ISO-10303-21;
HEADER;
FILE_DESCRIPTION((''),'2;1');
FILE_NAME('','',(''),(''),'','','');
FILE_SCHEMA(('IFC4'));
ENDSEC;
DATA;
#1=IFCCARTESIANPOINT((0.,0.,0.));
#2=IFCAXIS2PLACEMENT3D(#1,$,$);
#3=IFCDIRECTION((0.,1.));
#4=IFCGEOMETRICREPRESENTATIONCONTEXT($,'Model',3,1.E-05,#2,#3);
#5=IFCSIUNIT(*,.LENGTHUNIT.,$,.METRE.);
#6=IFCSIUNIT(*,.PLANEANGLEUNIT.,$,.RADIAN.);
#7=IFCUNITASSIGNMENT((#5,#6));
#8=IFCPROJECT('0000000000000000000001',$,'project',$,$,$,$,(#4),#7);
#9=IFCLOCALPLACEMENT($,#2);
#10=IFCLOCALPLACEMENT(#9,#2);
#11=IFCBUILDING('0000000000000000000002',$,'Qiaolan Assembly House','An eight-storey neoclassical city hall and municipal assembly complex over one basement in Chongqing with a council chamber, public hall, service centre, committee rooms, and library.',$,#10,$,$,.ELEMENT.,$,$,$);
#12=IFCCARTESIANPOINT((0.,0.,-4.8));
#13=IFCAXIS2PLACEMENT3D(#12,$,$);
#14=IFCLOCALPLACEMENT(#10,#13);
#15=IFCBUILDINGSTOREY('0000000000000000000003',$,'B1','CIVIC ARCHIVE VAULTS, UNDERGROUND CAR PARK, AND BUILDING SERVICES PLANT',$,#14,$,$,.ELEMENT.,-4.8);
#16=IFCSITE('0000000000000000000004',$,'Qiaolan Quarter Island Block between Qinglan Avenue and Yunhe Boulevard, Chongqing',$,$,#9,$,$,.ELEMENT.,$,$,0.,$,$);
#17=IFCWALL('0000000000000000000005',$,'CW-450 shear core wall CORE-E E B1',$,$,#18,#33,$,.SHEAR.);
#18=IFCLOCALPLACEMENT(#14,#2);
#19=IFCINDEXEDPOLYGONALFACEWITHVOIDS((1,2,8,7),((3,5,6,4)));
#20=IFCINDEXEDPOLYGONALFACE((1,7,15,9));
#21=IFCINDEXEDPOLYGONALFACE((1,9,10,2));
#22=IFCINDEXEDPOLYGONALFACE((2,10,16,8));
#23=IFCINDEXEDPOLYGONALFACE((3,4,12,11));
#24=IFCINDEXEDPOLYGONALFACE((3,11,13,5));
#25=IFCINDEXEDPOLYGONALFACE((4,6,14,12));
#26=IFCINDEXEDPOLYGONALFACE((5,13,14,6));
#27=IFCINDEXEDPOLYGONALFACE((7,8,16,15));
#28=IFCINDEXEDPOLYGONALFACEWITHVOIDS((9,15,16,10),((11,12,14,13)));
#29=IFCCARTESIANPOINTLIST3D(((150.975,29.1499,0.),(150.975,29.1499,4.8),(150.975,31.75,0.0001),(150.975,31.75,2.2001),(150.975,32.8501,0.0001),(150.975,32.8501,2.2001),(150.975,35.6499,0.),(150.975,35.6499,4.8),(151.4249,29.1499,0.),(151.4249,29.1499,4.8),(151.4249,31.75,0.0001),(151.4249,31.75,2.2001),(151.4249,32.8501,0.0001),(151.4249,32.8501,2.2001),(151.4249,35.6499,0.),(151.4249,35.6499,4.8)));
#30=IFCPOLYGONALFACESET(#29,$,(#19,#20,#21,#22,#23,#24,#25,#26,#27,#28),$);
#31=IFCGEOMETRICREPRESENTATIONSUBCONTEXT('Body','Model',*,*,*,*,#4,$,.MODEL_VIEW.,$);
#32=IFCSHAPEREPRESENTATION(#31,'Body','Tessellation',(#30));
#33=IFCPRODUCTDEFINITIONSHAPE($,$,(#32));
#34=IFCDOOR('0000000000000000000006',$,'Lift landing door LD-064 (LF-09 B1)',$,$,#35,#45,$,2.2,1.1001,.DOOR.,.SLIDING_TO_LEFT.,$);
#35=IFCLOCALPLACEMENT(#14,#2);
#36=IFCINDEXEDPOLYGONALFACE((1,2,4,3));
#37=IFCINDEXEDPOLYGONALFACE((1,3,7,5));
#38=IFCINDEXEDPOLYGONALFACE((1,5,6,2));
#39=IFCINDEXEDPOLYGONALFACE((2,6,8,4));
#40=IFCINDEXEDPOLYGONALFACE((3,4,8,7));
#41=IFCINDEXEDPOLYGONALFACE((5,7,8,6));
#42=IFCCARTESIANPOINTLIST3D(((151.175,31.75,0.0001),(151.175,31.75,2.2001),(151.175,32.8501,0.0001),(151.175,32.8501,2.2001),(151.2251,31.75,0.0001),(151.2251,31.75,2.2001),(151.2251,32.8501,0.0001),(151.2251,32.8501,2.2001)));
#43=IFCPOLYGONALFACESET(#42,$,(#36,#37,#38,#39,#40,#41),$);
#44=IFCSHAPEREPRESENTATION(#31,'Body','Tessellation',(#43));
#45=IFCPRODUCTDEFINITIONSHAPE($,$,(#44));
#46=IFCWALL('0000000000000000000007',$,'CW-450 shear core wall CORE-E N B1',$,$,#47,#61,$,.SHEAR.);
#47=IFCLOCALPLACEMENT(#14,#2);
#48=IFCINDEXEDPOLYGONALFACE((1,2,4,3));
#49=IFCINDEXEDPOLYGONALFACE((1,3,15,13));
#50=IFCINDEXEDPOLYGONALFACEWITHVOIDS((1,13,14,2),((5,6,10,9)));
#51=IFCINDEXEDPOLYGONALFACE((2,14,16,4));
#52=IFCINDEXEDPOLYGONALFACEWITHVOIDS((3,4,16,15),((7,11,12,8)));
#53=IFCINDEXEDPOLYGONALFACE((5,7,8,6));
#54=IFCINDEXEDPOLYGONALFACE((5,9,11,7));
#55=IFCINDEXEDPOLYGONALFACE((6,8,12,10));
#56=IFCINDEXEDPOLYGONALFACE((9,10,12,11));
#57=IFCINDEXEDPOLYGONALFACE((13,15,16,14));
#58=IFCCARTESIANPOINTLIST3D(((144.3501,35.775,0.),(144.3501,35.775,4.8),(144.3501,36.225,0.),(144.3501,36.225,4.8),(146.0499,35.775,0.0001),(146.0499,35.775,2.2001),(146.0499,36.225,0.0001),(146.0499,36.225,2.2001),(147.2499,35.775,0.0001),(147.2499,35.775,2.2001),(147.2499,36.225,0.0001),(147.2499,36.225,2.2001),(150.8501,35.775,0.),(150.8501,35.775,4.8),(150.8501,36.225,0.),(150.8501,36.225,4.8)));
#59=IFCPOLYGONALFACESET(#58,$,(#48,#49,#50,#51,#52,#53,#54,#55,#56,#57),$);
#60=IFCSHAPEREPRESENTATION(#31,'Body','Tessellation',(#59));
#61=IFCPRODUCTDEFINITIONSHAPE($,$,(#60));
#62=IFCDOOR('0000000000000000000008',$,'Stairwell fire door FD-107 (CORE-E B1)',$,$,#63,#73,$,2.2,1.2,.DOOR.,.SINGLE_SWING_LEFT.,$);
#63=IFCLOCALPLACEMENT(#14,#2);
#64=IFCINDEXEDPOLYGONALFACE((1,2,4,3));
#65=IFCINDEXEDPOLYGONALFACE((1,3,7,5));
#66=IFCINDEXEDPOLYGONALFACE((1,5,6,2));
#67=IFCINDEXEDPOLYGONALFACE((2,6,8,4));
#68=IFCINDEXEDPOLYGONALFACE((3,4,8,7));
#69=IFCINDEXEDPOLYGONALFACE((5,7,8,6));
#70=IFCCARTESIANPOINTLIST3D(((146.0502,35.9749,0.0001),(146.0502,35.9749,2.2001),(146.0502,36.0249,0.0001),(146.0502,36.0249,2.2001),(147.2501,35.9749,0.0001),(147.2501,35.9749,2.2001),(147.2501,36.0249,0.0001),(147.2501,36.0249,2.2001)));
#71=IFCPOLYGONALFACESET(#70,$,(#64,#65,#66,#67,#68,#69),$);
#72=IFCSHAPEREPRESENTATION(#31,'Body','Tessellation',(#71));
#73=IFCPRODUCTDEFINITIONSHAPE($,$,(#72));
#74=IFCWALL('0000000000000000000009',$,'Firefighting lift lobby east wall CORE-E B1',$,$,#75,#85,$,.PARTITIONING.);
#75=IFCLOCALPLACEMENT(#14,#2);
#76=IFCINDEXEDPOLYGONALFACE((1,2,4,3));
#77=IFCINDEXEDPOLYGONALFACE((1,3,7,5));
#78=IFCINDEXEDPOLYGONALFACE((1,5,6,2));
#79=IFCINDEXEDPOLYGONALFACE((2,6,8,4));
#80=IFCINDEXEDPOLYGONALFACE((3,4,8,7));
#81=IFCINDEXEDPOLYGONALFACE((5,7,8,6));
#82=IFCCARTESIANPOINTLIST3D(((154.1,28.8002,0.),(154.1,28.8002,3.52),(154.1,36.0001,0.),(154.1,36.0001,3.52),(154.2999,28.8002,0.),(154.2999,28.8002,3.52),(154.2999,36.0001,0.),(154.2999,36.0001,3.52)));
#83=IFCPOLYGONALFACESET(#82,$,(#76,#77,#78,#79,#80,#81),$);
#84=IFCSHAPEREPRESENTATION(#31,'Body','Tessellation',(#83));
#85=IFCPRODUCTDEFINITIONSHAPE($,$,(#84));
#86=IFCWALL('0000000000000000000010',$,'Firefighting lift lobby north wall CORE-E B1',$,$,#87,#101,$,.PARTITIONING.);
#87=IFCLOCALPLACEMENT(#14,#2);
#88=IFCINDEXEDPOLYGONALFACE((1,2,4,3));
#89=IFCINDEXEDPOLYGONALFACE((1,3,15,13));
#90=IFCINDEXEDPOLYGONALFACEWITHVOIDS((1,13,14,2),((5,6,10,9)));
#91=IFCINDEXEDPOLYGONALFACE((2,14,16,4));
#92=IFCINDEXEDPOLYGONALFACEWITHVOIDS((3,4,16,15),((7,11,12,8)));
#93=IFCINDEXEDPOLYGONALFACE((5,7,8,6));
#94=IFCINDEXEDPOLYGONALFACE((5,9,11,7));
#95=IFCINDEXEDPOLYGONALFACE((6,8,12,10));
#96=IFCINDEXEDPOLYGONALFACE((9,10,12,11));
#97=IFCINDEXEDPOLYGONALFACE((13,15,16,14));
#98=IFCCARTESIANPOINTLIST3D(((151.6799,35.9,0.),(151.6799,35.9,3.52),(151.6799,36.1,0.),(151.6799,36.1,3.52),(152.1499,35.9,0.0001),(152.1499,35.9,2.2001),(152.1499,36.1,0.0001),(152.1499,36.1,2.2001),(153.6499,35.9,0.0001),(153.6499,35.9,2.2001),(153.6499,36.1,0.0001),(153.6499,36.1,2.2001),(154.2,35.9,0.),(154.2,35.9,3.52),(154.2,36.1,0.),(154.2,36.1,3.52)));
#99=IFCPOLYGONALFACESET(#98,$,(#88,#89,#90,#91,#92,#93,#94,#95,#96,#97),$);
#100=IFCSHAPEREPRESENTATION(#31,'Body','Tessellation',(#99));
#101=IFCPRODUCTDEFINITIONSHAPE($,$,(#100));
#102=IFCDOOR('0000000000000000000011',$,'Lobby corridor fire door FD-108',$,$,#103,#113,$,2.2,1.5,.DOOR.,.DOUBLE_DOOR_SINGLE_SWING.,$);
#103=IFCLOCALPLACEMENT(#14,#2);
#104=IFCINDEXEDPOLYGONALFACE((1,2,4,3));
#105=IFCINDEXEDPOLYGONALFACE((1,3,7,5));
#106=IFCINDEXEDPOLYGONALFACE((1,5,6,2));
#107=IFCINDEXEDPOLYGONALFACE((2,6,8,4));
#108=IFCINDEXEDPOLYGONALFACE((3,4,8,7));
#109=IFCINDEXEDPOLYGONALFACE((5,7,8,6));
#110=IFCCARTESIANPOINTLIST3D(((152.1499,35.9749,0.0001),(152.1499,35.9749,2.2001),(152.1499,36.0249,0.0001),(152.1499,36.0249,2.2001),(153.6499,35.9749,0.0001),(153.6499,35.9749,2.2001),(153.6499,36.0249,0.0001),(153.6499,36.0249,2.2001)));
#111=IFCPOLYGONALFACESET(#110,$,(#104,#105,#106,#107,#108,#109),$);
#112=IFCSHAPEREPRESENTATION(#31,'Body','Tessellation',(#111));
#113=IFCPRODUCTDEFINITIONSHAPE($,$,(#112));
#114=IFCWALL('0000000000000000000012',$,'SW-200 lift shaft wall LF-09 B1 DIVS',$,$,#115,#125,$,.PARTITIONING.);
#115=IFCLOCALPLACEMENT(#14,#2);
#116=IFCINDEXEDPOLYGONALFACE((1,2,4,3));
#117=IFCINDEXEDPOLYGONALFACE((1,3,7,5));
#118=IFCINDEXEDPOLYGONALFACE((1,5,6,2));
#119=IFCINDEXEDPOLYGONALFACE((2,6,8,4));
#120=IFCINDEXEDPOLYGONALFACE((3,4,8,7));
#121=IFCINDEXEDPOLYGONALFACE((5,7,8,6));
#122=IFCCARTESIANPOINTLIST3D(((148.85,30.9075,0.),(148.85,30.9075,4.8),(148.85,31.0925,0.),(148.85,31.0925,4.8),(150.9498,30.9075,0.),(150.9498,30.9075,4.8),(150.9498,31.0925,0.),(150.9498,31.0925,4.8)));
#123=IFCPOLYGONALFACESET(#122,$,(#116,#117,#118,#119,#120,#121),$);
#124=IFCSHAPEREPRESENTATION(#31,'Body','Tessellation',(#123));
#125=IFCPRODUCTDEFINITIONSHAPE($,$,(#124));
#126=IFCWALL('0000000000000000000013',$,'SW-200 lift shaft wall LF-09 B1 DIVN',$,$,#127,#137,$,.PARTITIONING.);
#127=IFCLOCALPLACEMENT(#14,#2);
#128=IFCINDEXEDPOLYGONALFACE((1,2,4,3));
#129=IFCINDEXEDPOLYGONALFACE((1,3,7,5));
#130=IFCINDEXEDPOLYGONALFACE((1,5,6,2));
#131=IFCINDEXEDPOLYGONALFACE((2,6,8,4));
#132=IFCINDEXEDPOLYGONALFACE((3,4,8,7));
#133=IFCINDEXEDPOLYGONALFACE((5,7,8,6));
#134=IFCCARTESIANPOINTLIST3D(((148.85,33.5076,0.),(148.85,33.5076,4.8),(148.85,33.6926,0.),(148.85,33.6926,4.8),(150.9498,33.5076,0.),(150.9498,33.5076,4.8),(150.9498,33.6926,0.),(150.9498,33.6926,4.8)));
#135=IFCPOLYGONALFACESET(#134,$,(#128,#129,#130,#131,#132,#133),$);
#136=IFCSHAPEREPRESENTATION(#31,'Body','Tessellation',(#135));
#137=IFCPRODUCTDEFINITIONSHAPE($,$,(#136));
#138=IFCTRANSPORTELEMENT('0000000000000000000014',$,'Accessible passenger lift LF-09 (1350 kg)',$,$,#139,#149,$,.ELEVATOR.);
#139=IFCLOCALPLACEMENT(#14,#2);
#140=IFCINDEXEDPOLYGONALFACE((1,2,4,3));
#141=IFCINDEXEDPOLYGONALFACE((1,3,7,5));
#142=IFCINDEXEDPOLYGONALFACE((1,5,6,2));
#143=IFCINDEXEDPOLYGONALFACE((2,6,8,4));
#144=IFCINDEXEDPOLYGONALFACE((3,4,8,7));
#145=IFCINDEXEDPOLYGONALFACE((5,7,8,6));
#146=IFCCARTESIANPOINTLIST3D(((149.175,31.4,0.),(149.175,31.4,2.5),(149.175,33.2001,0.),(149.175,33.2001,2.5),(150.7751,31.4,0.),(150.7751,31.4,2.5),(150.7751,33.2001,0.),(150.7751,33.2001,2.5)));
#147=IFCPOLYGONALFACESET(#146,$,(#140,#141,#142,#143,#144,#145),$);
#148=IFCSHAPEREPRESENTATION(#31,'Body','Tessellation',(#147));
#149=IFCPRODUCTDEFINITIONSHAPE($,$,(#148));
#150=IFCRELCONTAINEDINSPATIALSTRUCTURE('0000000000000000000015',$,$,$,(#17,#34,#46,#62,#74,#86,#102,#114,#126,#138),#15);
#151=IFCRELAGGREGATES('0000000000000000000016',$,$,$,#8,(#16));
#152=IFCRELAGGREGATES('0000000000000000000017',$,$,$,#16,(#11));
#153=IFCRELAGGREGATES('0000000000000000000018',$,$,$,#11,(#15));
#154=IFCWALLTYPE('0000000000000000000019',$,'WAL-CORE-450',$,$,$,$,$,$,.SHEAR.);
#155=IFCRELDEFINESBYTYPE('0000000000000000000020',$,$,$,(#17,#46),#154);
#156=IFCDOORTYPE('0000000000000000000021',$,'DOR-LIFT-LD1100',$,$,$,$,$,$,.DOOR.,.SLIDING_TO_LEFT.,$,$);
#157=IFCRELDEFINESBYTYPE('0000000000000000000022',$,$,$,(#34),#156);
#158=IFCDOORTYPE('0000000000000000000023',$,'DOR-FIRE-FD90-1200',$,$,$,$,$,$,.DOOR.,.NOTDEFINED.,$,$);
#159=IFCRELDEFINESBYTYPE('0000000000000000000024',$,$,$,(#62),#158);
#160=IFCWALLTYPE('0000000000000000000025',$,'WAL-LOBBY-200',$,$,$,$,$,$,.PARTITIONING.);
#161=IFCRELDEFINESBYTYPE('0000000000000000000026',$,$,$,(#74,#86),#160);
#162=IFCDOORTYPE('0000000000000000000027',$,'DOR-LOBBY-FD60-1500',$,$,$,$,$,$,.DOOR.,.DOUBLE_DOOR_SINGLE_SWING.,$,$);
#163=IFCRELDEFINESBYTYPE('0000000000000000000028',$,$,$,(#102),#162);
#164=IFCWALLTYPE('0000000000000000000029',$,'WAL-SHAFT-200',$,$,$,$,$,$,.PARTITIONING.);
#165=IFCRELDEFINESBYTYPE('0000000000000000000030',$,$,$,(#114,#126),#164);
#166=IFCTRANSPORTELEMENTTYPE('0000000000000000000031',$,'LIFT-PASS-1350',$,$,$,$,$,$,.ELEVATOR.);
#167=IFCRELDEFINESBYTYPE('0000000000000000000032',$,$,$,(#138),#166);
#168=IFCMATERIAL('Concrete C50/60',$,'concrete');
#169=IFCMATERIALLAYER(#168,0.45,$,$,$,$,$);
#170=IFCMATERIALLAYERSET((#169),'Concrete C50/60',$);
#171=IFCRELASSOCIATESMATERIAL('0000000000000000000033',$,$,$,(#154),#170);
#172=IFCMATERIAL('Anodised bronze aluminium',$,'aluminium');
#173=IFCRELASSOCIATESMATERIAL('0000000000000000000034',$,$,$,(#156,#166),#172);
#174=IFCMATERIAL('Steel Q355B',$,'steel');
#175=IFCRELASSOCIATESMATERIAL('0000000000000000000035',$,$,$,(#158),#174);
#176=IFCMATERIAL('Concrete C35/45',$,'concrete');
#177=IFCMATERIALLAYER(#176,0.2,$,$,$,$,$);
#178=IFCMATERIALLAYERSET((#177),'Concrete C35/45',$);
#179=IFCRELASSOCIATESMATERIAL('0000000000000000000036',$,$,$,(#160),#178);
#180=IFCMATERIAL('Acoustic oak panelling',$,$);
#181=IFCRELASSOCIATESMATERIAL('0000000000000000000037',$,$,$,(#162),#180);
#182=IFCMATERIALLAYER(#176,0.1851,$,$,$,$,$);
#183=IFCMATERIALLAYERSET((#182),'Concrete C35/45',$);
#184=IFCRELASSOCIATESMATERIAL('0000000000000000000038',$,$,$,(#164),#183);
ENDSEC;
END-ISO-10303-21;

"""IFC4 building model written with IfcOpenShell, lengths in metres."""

from ifc_helpers import new_model, si_unit, direction, frame, frame_2d, origin, origin_2d, place, context, subcontext, project, spatial, rectangle, extrude, material, layer, layer_set, type_object, element, fill, save


model = new_model("IFC4")

# Units and contexts
model_context = context("Model", 3, precision=1e-05, world=origin(), true_north=direction((0.0, 1.0)))
body_context = subcontext(model_context, "Body", "Model", "MODEL_VIEW")
ifc_project = project(units=[si_unit("LENGTHUNIT", "METRE"), si_unit("PLANEANGLEUNIT", "RADIAN")], contexts=[model_context])

# Site, building, storey
site_placement = place(None, origin())
site = spatial("IfcSite", under=ifc_project, at=site_placement, Name="Qiaolan Quarter Island Block between Qinglan Avenue and Yunhe Boulevard, Chongqing", CompositionType="ELEMENT", RefElevation=0.0)
building_placement = place(site_placement, origin())
building = spatial("IfcBuilding", under=site, at=building_placement, Name="Qiaolan Assembly House", Description="An eight-storey neoclassical city hall and municipal assembly complex over one basement in Chongqing with a council chamber, public hall, service centre, committee rooms, and library.", CompositionType="ELEMENT")
storey_placement = place(building_placement, frame((0.0, 0.0, -4.8)))
storey = spatial("IfcBuildingStorey", under=building, at=storey_placement, Name="B1", Description="CIVIC ARCHIVE VAULTS, UNDERGROUND CAR PARK, AND BUILDING SERVICES PLANT", CompositionType="ELEMENT", Elevation=-4.8)

# Shared definitions
ifc_material_1 = material(Name="Concrete C50/60", Category="concrete")

# Walls, openings, doors
ifc_layer_1 = layer(ifc_material_1, 0.45)
ifc_layer_set_1 = layer_set([ifc_layer_1], Name="Concrete C50/60")
wall_type_1 = type_object("IfcWallType", Name="WAL-CORE-450", PredefinedType="SHEAR", material=ifc_layer_set_1)
wall_1_placement = place(storey_placement, frame((151.2, 29.1499, 0.0), z_axis=(0.0, 0.0, 1.0), x_axis=(0.0, 1.0, 0.0)))
wall_1 = element("IfcWall", 1, at=wall_1_placement, inside=storey, type_object=wall_type_1, Name="CW-450 shear core wall CORE-E E B1", PredefinedType="SHEAR", context=body_context, shape_type="SweptSolid", body=[
    extrude(rectangle(XDim=6.5, YDim=0.45, at=frame_2d((3.25, 0.0))), origin(), (0.0, 0.0, 1.0), 4.8),
])
opening_1_placement = place(wall_1_placement, frame((2.6001, 0.0, 0.0)))
opening_1 = element("IfcOpeningElement", 2, at=opening_1_placement, cuts=wall_1, PredefinedType="OPENING", context=body_context, shape_type="SweptSolid", body=[
    extrude(rectangle(XDim=1.1001, YDim=2.2, at=frame_2d((0.55, 1.1001))), frame((0.0, 0.2349, 0.0), z_axis=(0.0, -1.0, 0.0), x_axis=(1.0, 0.0, 0.0)), (0.0, 0.0, 1.0), 0.47),
])
ifc_material_2 = material(Name="Anodised bronze aluminium", Category="aluminium")
door_type_1 = type_object("IfcDoorType", Name="DOR-LIFT-LD1100", OperationType="SLIDING_TO_LEFT", PredefinedType="DOOR", material=ifc_material_2)
door_1_placement = place(opening_1_placement, origin())
door_1 = element("IfcDoor", 3, at=door_1_placement, inside=storey, type_object=door_type_1, Name="Lift landing door LD-064 (LF-09 B1)", OperationType="SLIDING_TO_LEFT", OverallHeight=2.2, OverallWidth=1.1001, PredefinedType="DOOR", context=body_context, shape_type="SweptSolid", body=[
    extrude(rectangle(XDim=1.1001, YDim=2.2, at=frame_2d((0.55, 1.1001))), frame((0.0, 0.0249, 0.0), z_axis=(0.0, -1.0, 0.0), x_axis=(1.0, 0.0, 0.0)), (0.0, 0.0, 1.0), 0.05),
])
fill(opening_1, door_1)
wall_2_placement = place(storey_placement, frame((150.8501, 36.0, 0.0), z_axis=(0.0, 0.0, 1.0), x_axis=(-1.0, 0.0, 0.0)))
wall_2 = element("IfcWall", 4, at=wall_2_placement, inside=storey, type_object=wall_type_1, Name="CW-450 shear core wall CORE-E N B1", PredefinedType="SHEAR", context=body_context, shape_type="SweptSolid", body=[
    extrude(rectangle(XDim=6.5, YDim=0.45, at=frame_2d((3.25, 0.0))), origin(), (0.0, 0.0, 1.0), 4.8),
])
opening_2_placement = place(wall_2_placement, frame((3.6001, 0.0, 0.0)))
opening_2 = element("IfcOpeningElement", 5, at=opening_2_placement, cuts=wall_2, PredefinedType="OPENING", context=body_context, shape_type="SweptSolid", body=[
    extrude(rectangle(XDim=1.2, YDim=2.2, at=frame_2d((0.6001, 1.1001))), frame((0.0, 0.2349, 0.0), z_axis=(0.0, -1.0, 0.0), x_axis=(1.0, 0.0, 0.0)), (0.0, 0.0, 1.0), 0.47),
])
ifc_material_3 = material(Name="Steel Q355B", Category="steel")
door_type_2 = type_object("IfcDoorType", Name="DOR-FIRE-FD90-1200", OperationType="NOTDEFINED", PredefinedType="DOOR", material=ifc_material_3)
door_2_placement = place(opening_2_placement, frame((1.2, 0.0, 0.0), z_axis=(0.0, 0.0, 1.0), x_axis=(-1.0, 0.0, 0.0)))
door_2 = element("IfcDoor", 6, at=door_2_placement, inside=storey, type_object=door_type_2, Name="Stairwell fire door FD-107 (CORE-E B1)", OperationType="SINGLE_SWING_LEFT", OverallHeight=2.2, OverallWidth=1.2, PredefinedType="DOOR", context=body_context, shape_type="SweptSolid", body=[
    extrude(rectangle(XDim=1.2, YDim=2.2, at=frame_2d((0.6001, 1.1001))), frame((0.0, 0.0249, 0.0), z_axis=(0.0, -1.0, 0.0), x_axis=(1.0, 0.0, 0.0)), (0.0, 0.0, 1.0), 0.05),
])
fill(opening_2, door_2)

# Wall
ifc_material_4 = material(Name="Concrete C35/45", Category="concrete")
ifc_layer_2 = layer(ifc_material_4, 0.2)
ifc_layer_set_2 = layer_set([ifc_layer_2], Name="Concrete C35/45")
wall_type_2 = type_object("IfcWallType", Name="WAL-LOBBY-200", PredefinedType="PARTITIONING", material=ifc_layer_set_2)
wall_3_placement = place(storey_placement, frame((154.2, 28.8, 0.0), z_axis=(0.0, 0.0, 1.0), x_axis=(0.0, 1.0, 0.0)))
element("IfcWall", 7, at=wall_3_placement, inside=storey, type_object=wall_type_2, Name="Firefighting lift lobby east wall CORE-E B1", PredefinedType="PARTITIONING", context=body_context, shape_type="SweptSolid", body=[
    extrude(rectangle(XDim=7.2, YDim=0.2, at=frame_2d((3.6001, 0.0))), origin(), (0.0, 0.0, 1.0), 3.52),
])

# Wall, opening, door
wall_4_placement = place(storey_placement, frame((154.2, 36.0, 0.0), z_axis=(0.0, 0.0, 1.0), x_axis=(-1.0, 0.0, 0.0)))
wall_4 = element("IfcWall", 8, at=wall_4_placement, inside=storey, type_object=wall_type_2, Name="Firefighting lift lobby north wall CORE-E B1", PredefinedType="PARTITIONING", context=body_context, shape_type="SweptSolid", body=[
    extrude(rectangle(XDim=2.52, YDim=0.2, at=frame_2d((1.26, 0.0))), origin(), (0.0, 0.0, 1.0), 3.52),
])
opening_3_placement = place(wall_4_placement, frame((0.55, 0.0, 0.0)))
opening_3 = element("IfcOpeningElement", 9, at=opening_3_placement, cuts=wall_4, PredefinedType="OPENING", context=body_context, shape_type="SweptSolid", body=[
    extrude(rectangle(XDim=1.5, YDim=2.2, at=frame_2d((0.75, 1.1001))), frame((0.0, 0.1099, 0.0), z_axis=(0.0, -1.0, 0.0), x_axis=(1.0, 0.0, 0.0)), (0.0, 0.0, 1.0), 0.22),
])
ifc_material_5 = material(Name="Acoustic oak panelling")
door_type_3 = type_object("IfcDoorType", Name="DOR-LOBBY-FD60-1500", OperationType="DOUBLE_DOOR_SINGLE_SWING", PredefinedType="DOOR", material=ifc_material_5)
door_3_placement = place(opening_3_placement, frame((1.5, 0.0, 0.0), z_axis=(0.0, 0.0, 1.0), x_axis=(-1.0, 0.0, 0.0)))
door_3 = element("IfcDoor", 10, at=door_3_placement, inside=storey, type_object=door_type_3, Name="Lobby corridor fire door FD-108", OperationType="DOUBLE_DOOR_SINGLE_SWING", OverallHeight=2.2, OverallWidth=1.5, PredefinedType="DOOR", context=body_context, shape_type="SweptSolid", body=[
    extrude(rectangle(XDim=1.5, YDim=2.2, at=frame_2d((0.75, 1.1001))), frame((0.0, 0.0249, 0.0), z_axis=(0.0, -1.0, 0.0), x_axis=(1.0, 0.0, 0.0)), (0.0, 0.0, 1.0), 0.05),
])
fill(opening_3, door_3)

# Walls
ifc_layer_3 = layer(ifc_material_4, 0.1851)
ifc_layer_set_3 = layer_set([ifc_layer_3], Name="Concrete C35/45")
wall_type_3 = type_object("IfcWallType", Name="WAL-SHAFT-200", PredefinedType="PARTITIONING", material=ifc_layer_set_3)
for number, where, z_axis, x_axis, name in (
    (11, (148.8501, 31.0, 0.0), (0.0, 0.0, 1.0), (1.0, 0.0, 0.0), "SW-200 lift shaft wall LF-09 B1 DIVS"),
    (12, (148.8501, 33.6001, 0.0), (0.0, 0.0, 1.0), (1.0, 0.0, 0.0), "SW-200 lift shaft wall LF-09 B1 DIVN"),
):
    element("IfcWall", number, at=place(storey_placement, frame(where, z_axis=z_axis, x_axis=x_axis)), inside=storey, type_object=wall_type_3, Name=name, PredefinedType="PARTITIONING", context=body_context, shape_type="SweptSolid", body=[
        extrude(rectangle(XDim=2.0999, YDim=0.1851, at=frame_2d((1.0498, 0.0))), origin(), (0.0, 0.0, 1.0), 4.8),
    ])

# Transport element
transport_element_type = type_object("IfcTransportElementType", Name="LIFT-PASS-1350", PredefinedType="ELEVATOR", material=ifc_material_2)
transport_element_placement = place(storey_placement, frame((149.9751, 32.3, 0.0), z_axis=(0.0, 0.0, 1.0), x_axis=(1.0, 0.0, 0.0)))
element("IfcTransportElement", 13, at=transport_element_placement, inside=storey, type_object=transport_element_type, Name="Accessible passenger lift LF-09 (1350 kg)", PredefinedType="ELEVATOR", context=body_context, shape_type="SweptSolid", body=[
    extrude(rectangle(XDim=1.6001, YDim=1.8, at=origin_2d()), origin(), (0.0, 0.0, 1.0), 2.5),
])

save(model, "model.ifc")
